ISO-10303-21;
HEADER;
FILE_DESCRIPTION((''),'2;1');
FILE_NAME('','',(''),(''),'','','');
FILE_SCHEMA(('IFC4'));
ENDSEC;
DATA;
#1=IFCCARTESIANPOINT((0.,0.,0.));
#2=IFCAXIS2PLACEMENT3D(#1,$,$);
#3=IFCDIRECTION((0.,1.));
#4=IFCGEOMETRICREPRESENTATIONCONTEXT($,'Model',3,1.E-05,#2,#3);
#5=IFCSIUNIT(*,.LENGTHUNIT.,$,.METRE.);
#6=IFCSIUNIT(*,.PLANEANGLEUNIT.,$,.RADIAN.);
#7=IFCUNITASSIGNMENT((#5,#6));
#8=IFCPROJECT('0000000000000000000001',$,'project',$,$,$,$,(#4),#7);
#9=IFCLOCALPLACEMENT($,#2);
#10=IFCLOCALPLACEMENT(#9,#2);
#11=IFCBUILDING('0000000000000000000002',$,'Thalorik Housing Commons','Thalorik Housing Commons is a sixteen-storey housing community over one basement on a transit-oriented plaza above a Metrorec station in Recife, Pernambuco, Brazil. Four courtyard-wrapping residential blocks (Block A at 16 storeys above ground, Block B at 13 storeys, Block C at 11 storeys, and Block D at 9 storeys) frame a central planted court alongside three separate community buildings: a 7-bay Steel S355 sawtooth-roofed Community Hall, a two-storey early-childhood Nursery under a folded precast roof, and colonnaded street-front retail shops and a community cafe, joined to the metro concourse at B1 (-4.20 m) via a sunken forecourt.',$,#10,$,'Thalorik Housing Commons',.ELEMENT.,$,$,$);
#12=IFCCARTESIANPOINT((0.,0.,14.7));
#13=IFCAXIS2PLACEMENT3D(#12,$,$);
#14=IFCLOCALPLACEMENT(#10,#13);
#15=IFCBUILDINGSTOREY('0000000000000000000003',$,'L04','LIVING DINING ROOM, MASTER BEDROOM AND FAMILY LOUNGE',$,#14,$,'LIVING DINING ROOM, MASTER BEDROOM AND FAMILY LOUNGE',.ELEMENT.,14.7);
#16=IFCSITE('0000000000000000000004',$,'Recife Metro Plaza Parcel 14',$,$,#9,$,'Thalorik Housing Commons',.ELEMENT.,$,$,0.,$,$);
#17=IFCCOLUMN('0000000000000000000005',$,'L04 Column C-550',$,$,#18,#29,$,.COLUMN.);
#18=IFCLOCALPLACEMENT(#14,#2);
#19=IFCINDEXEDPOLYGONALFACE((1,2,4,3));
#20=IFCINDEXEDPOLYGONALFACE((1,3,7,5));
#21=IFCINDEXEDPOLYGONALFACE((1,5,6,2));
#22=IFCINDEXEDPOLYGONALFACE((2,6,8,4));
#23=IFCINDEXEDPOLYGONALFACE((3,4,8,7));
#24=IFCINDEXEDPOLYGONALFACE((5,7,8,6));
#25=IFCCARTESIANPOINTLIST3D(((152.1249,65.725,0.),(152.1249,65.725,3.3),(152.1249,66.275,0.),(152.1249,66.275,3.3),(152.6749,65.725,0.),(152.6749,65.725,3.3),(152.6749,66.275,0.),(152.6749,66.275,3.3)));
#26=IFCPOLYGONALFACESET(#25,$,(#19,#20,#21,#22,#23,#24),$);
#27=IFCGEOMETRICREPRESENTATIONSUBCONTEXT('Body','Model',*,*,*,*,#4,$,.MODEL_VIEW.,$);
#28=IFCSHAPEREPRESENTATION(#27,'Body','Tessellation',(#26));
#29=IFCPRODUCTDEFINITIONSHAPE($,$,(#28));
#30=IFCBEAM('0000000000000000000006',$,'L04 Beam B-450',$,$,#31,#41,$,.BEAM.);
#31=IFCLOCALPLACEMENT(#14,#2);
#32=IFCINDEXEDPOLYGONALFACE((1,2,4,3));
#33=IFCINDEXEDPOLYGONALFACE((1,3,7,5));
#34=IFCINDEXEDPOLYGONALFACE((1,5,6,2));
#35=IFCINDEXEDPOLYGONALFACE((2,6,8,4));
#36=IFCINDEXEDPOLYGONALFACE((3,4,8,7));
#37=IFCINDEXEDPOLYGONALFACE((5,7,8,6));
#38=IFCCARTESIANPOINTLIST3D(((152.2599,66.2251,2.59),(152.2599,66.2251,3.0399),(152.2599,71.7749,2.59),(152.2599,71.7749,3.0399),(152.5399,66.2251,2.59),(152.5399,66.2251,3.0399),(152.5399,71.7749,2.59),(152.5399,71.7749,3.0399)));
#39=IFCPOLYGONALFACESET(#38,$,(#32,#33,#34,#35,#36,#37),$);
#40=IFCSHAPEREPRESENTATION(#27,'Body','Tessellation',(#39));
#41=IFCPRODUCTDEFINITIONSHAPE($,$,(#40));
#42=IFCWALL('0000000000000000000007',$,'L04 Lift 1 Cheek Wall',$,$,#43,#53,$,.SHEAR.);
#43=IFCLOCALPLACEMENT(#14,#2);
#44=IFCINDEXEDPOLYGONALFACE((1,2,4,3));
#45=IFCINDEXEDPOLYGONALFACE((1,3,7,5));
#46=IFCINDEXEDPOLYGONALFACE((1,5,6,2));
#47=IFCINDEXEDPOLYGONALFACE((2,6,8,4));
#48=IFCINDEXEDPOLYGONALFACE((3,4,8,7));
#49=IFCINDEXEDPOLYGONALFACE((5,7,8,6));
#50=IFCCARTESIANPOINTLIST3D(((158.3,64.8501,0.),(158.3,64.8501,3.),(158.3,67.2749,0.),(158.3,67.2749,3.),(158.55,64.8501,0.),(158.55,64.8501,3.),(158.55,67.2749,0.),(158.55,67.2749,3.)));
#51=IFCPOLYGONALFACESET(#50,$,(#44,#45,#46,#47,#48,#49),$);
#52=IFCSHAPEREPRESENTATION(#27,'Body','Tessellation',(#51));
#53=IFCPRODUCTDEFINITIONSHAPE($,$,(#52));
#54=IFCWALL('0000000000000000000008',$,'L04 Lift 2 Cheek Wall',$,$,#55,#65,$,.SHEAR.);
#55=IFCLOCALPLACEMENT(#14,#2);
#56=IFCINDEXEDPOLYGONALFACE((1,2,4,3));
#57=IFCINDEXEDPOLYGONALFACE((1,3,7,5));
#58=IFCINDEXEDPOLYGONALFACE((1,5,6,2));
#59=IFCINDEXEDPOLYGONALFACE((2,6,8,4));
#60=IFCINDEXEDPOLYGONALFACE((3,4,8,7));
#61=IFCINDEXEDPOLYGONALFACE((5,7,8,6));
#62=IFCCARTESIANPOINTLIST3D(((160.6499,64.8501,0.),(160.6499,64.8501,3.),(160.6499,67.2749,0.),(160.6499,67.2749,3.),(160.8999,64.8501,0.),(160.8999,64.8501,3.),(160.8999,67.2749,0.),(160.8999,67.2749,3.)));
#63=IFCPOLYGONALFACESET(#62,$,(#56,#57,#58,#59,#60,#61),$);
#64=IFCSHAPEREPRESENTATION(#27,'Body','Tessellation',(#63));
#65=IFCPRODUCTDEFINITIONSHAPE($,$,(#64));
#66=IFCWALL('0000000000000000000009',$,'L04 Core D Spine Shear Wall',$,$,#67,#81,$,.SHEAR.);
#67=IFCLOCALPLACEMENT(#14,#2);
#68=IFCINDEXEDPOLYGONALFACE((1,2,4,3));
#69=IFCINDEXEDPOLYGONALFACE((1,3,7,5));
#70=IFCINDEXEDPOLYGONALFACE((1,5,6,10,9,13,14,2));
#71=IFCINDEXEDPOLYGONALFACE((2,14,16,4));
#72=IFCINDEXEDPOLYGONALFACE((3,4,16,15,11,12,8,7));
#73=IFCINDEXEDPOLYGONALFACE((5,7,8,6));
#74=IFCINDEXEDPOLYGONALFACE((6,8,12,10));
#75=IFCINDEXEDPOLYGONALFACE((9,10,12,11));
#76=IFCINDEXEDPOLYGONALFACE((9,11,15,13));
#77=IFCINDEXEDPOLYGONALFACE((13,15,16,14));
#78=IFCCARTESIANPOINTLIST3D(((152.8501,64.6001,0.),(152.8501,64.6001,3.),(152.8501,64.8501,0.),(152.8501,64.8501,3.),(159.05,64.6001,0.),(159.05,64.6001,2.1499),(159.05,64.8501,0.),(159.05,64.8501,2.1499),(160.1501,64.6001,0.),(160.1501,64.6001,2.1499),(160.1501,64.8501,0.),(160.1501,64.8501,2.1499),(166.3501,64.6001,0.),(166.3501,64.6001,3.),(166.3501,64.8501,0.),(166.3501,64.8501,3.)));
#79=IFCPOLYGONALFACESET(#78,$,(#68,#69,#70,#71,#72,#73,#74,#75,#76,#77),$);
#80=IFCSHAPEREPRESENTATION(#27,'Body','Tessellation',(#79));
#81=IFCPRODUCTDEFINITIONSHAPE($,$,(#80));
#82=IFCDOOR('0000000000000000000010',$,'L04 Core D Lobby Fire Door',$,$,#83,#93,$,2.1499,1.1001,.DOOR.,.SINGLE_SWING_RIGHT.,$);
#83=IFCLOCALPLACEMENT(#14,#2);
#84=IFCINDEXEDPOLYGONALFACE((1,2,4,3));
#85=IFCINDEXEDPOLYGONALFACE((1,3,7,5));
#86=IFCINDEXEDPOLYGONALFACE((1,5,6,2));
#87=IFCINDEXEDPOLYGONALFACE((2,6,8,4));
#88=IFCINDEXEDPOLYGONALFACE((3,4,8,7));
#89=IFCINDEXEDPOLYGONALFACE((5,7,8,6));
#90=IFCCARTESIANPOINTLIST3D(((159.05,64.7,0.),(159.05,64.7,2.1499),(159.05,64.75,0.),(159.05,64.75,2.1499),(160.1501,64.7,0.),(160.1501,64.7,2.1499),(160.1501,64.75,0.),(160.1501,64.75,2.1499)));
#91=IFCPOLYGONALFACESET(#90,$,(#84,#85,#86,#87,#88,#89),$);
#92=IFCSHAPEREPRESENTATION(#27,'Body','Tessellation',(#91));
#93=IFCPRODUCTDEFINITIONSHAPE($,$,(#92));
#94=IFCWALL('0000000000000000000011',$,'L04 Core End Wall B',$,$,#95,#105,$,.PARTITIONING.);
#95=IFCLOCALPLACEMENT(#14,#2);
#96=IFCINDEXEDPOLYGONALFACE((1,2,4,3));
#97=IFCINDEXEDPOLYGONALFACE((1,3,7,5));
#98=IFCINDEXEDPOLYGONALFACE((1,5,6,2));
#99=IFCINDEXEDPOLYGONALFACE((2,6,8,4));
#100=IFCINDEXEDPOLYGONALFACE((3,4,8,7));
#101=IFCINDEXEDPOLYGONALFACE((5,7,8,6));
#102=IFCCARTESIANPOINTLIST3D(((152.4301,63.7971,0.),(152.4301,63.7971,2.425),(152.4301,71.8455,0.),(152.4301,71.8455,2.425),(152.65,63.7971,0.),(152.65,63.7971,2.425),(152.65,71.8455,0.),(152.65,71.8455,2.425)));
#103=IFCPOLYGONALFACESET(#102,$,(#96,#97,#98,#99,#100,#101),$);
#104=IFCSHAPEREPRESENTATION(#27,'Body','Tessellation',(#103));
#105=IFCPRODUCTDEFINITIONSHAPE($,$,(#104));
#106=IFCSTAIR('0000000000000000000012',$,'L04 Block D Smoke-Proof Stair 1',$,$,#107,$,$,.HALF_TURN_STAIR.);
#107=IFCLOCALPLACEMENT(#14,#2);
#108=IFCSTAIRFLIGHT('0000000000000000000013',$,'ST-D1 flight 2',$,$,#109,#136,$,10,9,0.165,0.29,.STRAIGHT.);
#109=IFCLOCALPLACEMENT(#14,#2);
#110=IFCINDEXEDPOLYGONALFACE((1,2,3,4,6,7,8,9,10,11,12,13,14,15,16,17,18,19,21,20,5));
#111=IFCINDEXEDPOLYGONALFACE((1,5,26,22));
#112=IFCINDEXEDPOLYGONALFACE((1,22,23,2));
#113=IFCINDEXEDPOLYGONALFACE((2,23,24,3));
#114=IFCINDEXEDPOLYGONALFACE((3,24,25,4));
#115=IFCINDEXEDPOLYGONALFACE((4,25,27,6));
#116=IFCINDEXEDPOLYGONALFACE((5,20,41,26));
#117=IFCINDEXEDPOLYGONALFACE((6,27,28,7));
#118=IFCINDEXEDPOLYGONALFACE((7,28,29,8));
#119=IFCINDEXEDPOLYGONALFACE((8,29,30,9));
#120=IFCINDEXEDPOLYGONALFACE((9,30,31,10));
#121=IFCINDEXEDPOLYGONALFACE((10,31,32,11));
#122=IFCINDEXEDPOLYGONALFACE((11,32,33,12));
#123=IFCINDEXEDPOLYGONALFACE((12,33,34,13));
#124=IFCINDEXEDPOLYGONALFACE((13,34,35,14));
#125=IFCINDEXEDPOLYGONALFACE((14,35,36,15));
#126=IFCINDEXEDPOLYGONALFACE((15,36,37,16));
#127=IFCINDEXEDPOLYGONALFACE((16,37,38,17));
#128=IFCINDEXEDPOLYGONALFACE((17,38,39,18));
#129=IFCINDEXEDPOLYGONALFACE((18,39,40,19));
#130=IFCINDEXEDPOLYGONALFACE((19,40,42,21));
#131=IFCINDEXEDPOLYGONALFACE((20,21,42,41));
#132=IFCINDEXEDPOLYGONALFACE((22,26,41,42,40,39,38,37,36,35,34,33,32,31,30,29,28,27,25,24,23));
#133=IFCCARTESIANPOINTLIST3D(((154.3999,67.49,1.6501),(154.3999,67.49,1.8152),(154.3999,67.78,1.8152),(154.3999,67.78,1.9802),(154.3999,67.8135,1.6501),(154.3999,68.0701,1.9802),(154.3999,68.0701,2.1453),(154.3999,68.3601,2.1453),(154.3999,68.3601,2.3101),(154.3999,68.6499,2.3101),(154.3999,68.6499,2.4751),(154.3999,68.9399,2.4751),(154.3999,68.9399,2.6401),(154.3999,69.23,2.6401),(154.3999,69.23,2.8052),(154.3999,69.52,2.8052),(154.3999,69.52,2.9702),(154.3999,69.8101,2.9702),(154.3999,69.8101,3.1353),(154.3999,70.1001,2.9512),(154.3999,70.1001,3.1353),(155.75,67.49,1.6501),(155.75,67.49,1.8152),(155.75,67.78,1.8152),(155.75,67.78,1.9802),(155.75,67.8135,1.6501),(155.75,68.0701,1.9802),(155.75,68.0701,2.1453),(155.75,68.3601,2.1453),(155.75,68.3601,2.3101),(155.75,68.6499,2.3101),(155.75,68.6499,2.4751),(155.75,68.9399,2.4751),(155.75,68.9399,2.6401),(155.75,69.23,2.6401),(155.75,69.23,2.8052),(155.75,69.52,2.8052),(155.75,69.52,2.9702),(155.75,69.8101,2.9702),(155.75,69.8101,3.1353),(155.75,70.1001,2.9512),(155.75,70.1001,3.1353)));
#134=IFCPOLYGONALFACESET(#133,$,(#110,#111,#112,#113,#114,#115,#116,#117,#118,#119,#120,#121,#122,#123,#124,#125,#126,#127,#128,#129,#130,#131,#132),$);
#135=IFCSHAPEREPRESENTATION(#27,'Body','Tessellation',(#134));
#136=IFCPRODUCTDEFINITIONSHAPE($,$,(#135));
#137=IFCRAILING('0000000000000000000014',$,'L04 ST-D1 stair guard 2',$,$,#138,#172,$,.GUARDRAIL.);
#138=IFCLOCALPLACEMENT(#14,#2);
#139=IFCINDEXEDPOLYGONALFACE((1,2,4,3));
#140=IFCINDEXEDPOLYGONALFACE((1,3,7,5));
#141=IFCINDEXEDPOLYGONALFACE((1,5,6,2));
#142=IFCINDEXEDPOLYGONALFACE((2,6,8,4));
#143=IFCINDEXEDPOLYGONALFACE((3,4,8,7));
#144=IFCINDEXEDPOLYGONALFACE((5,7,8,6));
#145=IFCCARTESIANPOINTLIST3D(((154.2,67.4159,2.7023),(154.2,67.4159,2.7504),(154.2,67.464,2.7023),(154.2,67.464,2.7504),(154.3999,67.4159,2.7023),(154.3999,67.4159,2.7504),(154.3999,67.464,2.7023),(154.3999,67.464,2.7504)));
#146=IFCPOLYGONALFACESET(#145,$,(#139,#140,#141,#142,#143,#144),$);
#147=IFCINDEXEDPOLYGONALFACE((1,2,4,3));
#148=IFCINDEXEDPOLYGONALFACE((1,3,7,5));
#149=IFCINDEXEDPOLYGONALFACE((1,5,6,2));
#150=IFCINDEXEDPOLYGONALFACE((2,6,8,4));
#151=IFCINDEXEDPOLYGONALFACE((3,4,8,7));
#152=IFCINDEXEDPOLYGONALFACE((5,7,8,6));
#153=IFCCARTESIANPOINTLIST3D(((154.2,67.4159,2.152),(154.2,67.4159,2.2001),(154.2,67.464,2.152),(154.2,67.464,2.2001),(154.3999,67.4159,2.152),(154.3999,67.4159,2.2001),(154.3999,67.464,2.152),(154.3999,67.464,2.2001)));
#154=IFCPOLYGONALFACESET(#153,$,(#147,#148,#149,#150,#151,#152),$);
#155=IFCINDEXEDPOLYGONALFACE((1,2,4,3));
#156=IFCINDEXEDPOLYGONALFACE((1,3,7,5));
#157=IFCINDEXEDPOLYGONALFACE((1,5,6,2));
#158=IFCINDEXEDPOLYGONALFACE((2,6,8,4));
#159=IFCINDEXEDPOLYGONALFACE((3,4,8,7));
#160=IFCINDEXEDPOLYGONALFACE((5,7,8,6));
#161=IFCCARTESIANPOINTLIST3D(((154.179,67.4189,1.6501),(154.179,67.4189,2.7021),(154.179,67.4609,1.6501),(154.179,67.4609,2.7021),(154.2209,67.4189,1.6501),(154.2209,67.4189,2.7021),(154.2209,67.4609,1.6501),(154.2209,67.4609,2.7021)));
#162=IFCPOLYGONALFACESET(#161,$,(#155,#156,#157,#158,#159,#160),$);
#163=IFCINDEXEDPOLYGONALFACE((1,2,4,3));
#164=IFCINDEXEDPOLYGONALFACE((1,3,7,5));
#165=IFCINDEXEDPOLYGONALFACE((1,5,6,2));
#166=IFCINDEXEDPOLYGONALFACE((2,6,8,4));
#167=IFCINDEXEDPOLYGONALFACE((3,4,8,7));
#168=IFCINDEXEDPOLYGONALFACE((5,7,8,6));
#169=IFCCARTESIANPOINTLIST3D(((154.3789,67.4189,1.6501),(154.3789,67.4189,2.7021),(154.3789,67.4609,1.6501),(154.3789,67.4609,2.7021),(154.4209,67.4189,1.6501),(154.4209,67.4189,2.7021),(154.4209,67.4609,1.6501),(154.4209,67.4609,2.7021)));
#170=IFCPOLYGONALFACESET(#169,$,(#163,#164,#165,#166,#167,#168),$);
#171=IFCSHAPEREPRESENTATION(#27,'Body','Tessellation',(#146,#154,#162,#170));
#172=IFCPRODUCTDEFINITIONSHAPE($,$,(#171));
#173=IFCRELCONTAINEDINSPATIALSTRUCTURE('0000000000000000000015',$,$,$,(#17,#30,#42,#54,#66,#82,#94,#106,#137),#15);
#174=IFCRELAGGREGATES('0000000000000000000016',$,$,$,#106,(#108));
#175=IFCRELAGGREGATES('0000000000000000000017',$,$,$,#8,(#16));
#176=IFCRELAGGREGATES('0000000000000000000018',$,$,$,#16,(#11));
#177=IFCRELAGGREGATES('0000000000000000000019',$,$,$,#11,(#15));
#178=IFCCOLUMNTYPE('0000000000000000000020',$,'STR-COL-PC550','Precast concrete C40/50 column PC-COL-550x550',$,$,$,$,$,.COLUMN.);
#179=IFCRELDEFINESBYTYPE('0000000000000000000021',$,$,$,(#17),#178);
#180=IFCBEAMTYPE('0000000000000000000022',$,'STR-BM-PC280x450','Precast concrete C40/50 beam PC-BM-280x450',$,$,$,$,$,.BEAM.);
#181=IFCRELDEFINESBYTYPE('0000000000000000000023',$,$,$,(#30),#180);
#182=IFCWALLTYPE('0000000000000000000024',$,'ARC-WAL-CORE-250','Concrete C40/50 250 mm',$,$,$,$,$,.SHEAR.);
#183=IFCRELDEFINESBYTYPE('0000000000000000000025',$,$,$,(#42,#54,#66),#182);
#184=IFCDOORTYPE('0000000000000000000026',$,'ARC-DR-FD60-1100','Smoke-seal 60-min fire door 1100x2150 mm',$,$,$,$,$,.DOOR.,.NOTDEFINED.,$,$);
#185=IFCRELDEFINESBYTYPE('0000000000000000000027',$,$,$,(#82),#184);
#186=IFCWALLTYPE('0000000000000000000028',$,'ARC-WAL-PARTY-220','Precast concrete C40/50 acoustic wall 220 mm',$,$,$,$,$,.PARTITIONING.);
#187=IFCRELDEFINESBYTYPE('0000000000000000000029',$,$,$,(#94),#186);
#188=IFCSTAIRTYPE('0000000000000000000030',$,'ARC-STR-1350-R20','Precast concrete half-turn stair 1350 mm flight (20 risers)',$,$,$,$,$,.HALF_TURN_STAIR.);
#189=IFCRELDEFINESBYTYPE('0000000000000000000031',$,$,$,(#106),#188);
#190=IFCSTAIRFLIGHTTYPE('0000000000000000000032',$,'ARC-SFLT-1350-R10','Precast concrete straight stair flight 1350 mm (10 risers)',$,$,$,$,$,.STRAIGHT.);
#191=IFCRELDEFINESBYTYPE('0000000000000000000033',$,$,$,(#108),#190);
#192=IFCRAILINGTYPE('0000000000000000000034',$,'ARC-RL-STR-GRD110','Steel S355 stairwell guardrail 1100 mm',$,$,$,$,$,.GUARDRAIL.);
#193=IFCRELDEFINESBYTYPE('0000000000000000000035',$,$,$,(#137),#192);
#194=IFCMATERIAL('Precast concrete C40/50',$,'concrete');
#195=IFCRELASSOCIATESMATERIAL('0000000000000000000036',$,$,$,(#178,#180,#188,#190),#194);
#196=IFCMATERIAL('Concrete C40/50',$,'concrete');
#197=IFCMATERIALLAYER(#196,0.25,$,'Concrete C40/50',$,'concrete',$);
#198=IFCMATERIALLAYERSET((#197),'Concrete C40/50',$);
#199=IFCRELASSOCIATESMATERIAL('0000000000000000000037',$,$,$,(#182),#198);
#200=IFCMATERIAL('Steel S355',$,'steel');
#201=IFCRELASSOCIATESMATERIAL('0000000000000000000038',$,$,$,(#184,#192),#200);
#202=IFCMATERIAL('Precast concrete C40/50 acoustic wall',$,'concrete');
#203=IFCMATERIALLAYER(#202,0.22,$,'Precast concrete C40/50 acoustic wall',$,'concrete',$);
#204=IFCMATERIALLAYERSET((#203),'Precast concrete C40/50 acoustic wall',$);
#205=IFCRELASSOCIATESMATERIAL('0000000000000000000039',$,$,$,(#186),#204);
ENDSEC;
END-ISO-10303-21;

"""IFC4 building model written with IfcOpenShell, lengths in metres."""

from ifc_helpers import new_model, si_unit, direction, frame, frame_2d, origin, origin_2d, place, context, subcontext, project, spatial, polyline, rectangle, outline, extrude, material, layer, layer_set, material_profile, profile_set, type_object, element, fill, aggregate, save


model = new_model("IFC4")

# Units and contexts
model_context = context("Model", 3, precision=1e-05, world=origin(), true_north=direction((0.0, 1.0)))
body_context = subcontext(model_context, "Body", "Model", "MODEL_VIEW")
ifc_project = project(units=[si_unit("LENGTHUNIT", "METRE"), si_unit("PLANEANGLEUNIT", "RADIAN")], contexts=[model_context])

# Site, building, storey
site_placement = place(None, origin())
site = spatial("IfcSite", under=ifc_project, at=site_placement, Name="Recife Metro Plaza Parcel 14", LongName="Thalorik Housing Commons", CompositionType="ELEMENT", RefElevation=0.0)
building_placement = place(site_placement, origin())
building = spatial("IfcBuilding", under=site, at=building_placement, Name="Thalorik Housing Commons", Description="Thalorik Housing Commons is a sixteen-storey housing community over one basement on a transit-oriented plaza above a Metrorec station in Recife, Pernambuco, Brazil. Four courtyard-wrapping residential blocks (Block A at 16 storeys above ground, Block B at 13 storeys, Block C at 11 storeys, and Block D at 9 storeys) frame a central planted court alongside three separate community buildings: a 7-bay Steel S355 sawtooth-roofed Community Hall, a two-storey early-childhood Nursery under a folded precast roof, and colonnaded street-front retail shops and a community cafe, joined to the metro concourse at B1 (-4.20 m) via a sunken forecourt.", LongName="Thalorik Housing Commons", CompositionType="ELEMENT")
storey_placement = place(building_placement, frame((0.0, 0.0, 14.7)))
storey = spatial("IfcBuildingStorey", under=building, at=storey_placement, Name="L04", Description="LIVING DINING ROOM, MASTER BEDROOM AND FAMILY LOUNGE", LongName="LIVING DINING ROOM, MASTER BEDROOM AND FAMILY LOUNGE", CompositionType="ELEMENT", Elevation=14.7)

# Column
ifc_material_1 = material(Name="Precast concrete C40/50", Category="concrete")
ifc_material_profile_1 = material_profile(ifc_material_1, rectangle(XDim=0.55, YDim=0.55, at=origin_2d()), Name="PC 550x550", Category="concrete")
ifc_profile_set_1 = profile_set([ifc_material_profile_1], Name="Precast concrete C40/50")
column_type = type_object("IfcColumnType", Name="STR-COL-PC550", Description="Precast concrete C40/50 column PC-COL-550x550", PredefinedType="COLUMN", material=ifc_profile_set_1)
column_placement = place(storey_placement, frame((152.3999, 66.0, 0.0), z_axis=(0.0, 0.0, 1.0), x_axis=(1.0, 0.0, 0.0)))
element("IfcColumn", 1, at=column_placement, inside=storey, type_object=column_type, Name="L04 Column C-550", PredefinedType="COLUMN", context=body_context, shape_type="SweptSolid", body=[
    extrude(rectangle(XDim=0.55, YDim=0.55, at=origin_2d()), origin(), (0.0, 0.0, 1.0), 3.3),
])

# Beam
ifc_material_profile_2 = material_profile(ifc_material_1, rectangle(XDim=0.28, YDim=0.45, at=origin_2d()), Name="PC 280x450", Category="concrete")
ifc_profile_set_2 = profile_set([ifc_material_profile_2], Name="Precast concrete C40/50")
beam_type = type_object("IfcBeamType", Name="STR-BM-PC280x450", Description="Precast concrete C40/50 beam PC-BM-280x450", PredefinedType="BEAM", material=ifc_profile_set_2)
beam_placement = place(storey_placement, frame((152.3999, 66.2251, 2.8149), z_axis=(0.0, 1.0, 0.0), x_axis=(-1.0, 0.0, 0.0)))
element("IfcBeam", 2, at=beam_placement, inside=storey, type_object=beam_type, Name="L04 Beam B-450", PredefinedType="BEAM", context=body_context, shape_type="SweptSolid", body=[
    extrude(rectangle(XDim=0.28, YDim=0.45, at=origin_2d()), origin(), (0.0, 0.0, 1.0), 5.5498),
])

# Shared definitions
ifc_material_2 = material(Name="Concrete C40/50", Category="concrete")
ifc_layer_1 = layer(ifc_material_2, 0.25, Name="Concrete C40/50", Category="concrete")
ifc_layer_set_1 = layer_set([ifc_layer_1], Name="Concrete C40/50")
wall_type_1 = type_object("IfcWallType", Name="ARC-WAL-CORE-250", Description="Concrete C40/50 250 mm", PredefinedType="SHEAR", material=ifc_layer_set_1)
ifc_material_3 = material(Name="Steel S355", Category="steel")

# Walls
for number, where, z_axis, x_axis, name in (
    (3, (158.425, 67.2749, 0.0), (0.0, 0.0, 1.0), (0.0, -1.0, 0.0), "L04 Lift 1 Cheek Wall"),
    (4, (160.7749, 67.2749, 0.0), (0.0, 0.0, 1.0), (0.0, -1.0, 0.0), "L04 Lift 2 Cheek Wall"),
):
    element("IfcWall", number, at=place(storey_placement, frame(where, z_axis=z_axis, x_axis=x_axis)), inside=storey, type_object=wall_type_1, Name=name, PredefinedType="SHEAR", context=body_context, shape_type="SweptSolid", body=[
        extrude(rectangle(XDim=2.4248, YDim=0.25, at=frame_2d((1.2124, 0.0))), origin(), (0.0, 0.0, 1.0), 3.0),
    ])

# Wall, opening, door
wall_1_placement = place(storey_placement, frame((152.8501, 64.7251, 0.0), z_axis=(0.0, 0.0, 1.0), x_axis=(1.0, 0.0, 0.0)))
wall_1 = element("IfcWall", 5, at=wall_1_placement, inside=storey, type_object=wall_type_1, Name="L04 Core D Spine Shear Wall", PredefinedType="SHEAR", context=body_context, shape_type="SweptSolid", body=[
    extrude(rectangle(XDim=13.5, YDim=0.25, at=frame_2d((6.75, 0.0))), origin(), (0.0, 0.0, 1.0), 3.0),
])
opening_1_placement = place(wall_1_placement, frame((6.2, 0.0, 0.0)))
opening_1 = element("IfcOpeningElement", 6, at=opening_1_placement, cuts=wall_1, PredefinedType="OPENING", context=body_context, shape_type="SweptSolid", body=[
    extrude(rectangle(XDim=1.1001, YDim=2.1499, at=frame_2d((0.55, 1.075))), frame((0.0, 0.135, 0.0), z_axis=(0.0, -1.0, 0.0), x_axis=(1.0, 0.0, 0.0)), (0.0, 0.0, 1.0), 0.27),
])
door_type_1 = type_object("IfcDoorType", Name="ARC-DR-FD60-1100", Description="Smoke-seal 60-min fire door 1100x2150 mm", OperationType="NOTDEFINED", PredefinedType="DOOR", material=ifc_material_3)
door_1_placement = place(opening_1_placement, origin())
door_1 = element("IfcDoor", 7, at=door_1_placement, inside=storey, type_object=door_type_1, Name="L04 Core D Lobby Fire Door", OperationType="SINGLE_SWING_RIGHT", OverallHeight=2.1499, OverallWidth=1.1001, PredefinedType="DOOR", context=body_context, shape_type="SweptSolid", body=[
    extrude(rectangle(XDim=1.1001, YDim=2.1499, at=frame_2d((0.55, 1.075))), frame((0.0, 0.0249, 0.0), z_axis=(0.0, -1.0, 0.0), x_axis=(1.0, 0.0, 0.0)), (0.0, 0.0, 1.0), 0.05),
])
fill(opening_1, door_1)

# Wall
ifc_material_4 = material(Name="Precast concrete C40/50 acoustic wall", Category="concrete")
ifc_layer_2 = layer(ifc_material_4, 0.22, Name="Precast concrete C40/50 acoustic wall", Category="concrete")
ifc_layer_set_2 = layer_set([ifc_layer_2], Name="Precast concrete C40/50 acoustic wall")
wall_type_2 = type_object("IfcWallType", Name="ARC-WAL-PARTY-220", Description="Precast concrete C40/50 acoustic wall 220 mm", PredefinedType="PARTITIONING", material=ifc_layer_set_2)
wall_2_placement = place(storey_placement, frame((152.54, 63.7971, 0.0), z_axis=(0.0, 0.0, 1.0), x_axis=(0.0, 1.0, 0.0)))
element("IfcWall", 8, at=wall_2_placement, inside=storey, type_object=wall_type_2, Name="L04 Core End Wall B", PredefinedType="PARTITIONING", context=body_context, shape_type="SweptSolid", body=[
    extrude(rectangle(XDim=8.0483, YDim=0.22, at=frame_2d((4.0242, 0.0))), origin(), (0.0, 0.0, 1.0), 2.425),
])

# Stair, stair flight
stair_type = type_object("IfcStairType", Name="ARC-STR-1350-R20", Description="Precast concrete half-turn stair 1350 mm flight (20 risers)", PredefinedType="HALF_TURN_STAIR", material=ifc_material_1)
stair_placement = place(storey_placement, origin())
stair = element("IfcStair", 9, at=stair_placement, inside=storey, type_object=stair_type, Name="L04 Block D Smoke-Proof Stair 1", PredefinedType="HALF_TURN_STAIR")
stair_flight_type = type_object("IfcStairFlightType", Name="ARC-SFLT-1350-R10", Description="Precast concrete straight stair flight 1350 mm (10 risers)", PredefinedType="STRAIGHT", material=ifc_material_1)
stair_flight_placement = place(storey_placement, frame((155.075, 67.49, 1.6501), z_axis=(0.0, 0.0, 1.0), x_axis=(0.0, 1.0, 0.0)))
stair_flight = element("IfcStairFlight", 10, at=stair_flight_placement, type_object=stair_flight_type, Name="ST-D1 flight 2", NumberOfRisers=10, NumberOfTreads=9, PredefinedType="STRAIGHT", RiserHeight=0.165, TreadLength=0.29, context=body_context, shape_type="SweptSolid", body=[
    extrude(outline(polyline([(0.0, 0.0), (0.0, 0.165), (0.29, 0.165), (0.29, 0.3301), (0.5801, 0.3301), (0.5801, 0.4951), (0.8701, 0.4951), (0.8701, 0.6599), (1.1599, 0.6599), (1.1599, 0.825), (1.45, 0.825), (1.45, 0.99), (1.74, 0.99), (1.74, 1.155), (2.03, 1.155), (2.03, 1.3201), (2.3201, 1.3201), (2.3201, 1.4851), (2.6101, 1.4851), (2.6101, 1.6499), (2.6101, 1.301), (0.3235, 0.0), (0.0, 0.0)])), frame((0.0, 0.675, 0.0), z_axis=(0.0, -1.0, 0.0), x_axis=(1.0, 0.0, 0.0)), (0.0, 0.0, 1.0), 1.3501),
])
aggregate(stair, [stair_flight])

# Railing
railing_type_1 = type_object("IfcRailingType", Name="ARC-RL-STR-GRD110", Description="Steel S355 stairwell guardrail 1100 mm", PredefinedType="GUARDRAIL", material=ifc_material_3)
railing_1_placement = place(storey_placement, frame((154.2, 67.4399, 1.6501)))
element("IfcRailing", 11, at=railing_1_placement, inside=storey, type_object=railing_type_1, Name="L04 ST-D1 stair guard 2", PredefinedType="GUARDRAIL", context=body_context, shape_type="SweptSolid", body=[
    extrude(rectangle(XDim=0.0481, YDim=0.0481, at=origin_2d()), frame((0.0, 0.0, 1.0762), z_axis=(1.0, 0.0, 0.0), x_axis=(0.0, 1.0, 0.0)), (0.0, 0.0, 1.0), 0.2),
    extrude(rectangle(XDim=0.0481, YDim=0.0481, at=origin_2d()), frame((0.0, 0.0, 0.5259), z_axis=(1.0, 0.0, 0.0), x_axis=(0.0, 1.0, 0.0)), (0.0, 0.0, 1.0), 0.2),
    extrude(rectangle(XDim=0.042, YDim=0.042, at=origin_2d()), origin(), (0.0, 0.0, 1.0), 1.052),
    extrude(rectangle(XDim=0.042, YDim=0.042, at=origin_2d()), frame((0.2, 0.0, 0.0)), (0.0, 0.0, 1.0), 1.052),
])

save(model, "model.ifc")
